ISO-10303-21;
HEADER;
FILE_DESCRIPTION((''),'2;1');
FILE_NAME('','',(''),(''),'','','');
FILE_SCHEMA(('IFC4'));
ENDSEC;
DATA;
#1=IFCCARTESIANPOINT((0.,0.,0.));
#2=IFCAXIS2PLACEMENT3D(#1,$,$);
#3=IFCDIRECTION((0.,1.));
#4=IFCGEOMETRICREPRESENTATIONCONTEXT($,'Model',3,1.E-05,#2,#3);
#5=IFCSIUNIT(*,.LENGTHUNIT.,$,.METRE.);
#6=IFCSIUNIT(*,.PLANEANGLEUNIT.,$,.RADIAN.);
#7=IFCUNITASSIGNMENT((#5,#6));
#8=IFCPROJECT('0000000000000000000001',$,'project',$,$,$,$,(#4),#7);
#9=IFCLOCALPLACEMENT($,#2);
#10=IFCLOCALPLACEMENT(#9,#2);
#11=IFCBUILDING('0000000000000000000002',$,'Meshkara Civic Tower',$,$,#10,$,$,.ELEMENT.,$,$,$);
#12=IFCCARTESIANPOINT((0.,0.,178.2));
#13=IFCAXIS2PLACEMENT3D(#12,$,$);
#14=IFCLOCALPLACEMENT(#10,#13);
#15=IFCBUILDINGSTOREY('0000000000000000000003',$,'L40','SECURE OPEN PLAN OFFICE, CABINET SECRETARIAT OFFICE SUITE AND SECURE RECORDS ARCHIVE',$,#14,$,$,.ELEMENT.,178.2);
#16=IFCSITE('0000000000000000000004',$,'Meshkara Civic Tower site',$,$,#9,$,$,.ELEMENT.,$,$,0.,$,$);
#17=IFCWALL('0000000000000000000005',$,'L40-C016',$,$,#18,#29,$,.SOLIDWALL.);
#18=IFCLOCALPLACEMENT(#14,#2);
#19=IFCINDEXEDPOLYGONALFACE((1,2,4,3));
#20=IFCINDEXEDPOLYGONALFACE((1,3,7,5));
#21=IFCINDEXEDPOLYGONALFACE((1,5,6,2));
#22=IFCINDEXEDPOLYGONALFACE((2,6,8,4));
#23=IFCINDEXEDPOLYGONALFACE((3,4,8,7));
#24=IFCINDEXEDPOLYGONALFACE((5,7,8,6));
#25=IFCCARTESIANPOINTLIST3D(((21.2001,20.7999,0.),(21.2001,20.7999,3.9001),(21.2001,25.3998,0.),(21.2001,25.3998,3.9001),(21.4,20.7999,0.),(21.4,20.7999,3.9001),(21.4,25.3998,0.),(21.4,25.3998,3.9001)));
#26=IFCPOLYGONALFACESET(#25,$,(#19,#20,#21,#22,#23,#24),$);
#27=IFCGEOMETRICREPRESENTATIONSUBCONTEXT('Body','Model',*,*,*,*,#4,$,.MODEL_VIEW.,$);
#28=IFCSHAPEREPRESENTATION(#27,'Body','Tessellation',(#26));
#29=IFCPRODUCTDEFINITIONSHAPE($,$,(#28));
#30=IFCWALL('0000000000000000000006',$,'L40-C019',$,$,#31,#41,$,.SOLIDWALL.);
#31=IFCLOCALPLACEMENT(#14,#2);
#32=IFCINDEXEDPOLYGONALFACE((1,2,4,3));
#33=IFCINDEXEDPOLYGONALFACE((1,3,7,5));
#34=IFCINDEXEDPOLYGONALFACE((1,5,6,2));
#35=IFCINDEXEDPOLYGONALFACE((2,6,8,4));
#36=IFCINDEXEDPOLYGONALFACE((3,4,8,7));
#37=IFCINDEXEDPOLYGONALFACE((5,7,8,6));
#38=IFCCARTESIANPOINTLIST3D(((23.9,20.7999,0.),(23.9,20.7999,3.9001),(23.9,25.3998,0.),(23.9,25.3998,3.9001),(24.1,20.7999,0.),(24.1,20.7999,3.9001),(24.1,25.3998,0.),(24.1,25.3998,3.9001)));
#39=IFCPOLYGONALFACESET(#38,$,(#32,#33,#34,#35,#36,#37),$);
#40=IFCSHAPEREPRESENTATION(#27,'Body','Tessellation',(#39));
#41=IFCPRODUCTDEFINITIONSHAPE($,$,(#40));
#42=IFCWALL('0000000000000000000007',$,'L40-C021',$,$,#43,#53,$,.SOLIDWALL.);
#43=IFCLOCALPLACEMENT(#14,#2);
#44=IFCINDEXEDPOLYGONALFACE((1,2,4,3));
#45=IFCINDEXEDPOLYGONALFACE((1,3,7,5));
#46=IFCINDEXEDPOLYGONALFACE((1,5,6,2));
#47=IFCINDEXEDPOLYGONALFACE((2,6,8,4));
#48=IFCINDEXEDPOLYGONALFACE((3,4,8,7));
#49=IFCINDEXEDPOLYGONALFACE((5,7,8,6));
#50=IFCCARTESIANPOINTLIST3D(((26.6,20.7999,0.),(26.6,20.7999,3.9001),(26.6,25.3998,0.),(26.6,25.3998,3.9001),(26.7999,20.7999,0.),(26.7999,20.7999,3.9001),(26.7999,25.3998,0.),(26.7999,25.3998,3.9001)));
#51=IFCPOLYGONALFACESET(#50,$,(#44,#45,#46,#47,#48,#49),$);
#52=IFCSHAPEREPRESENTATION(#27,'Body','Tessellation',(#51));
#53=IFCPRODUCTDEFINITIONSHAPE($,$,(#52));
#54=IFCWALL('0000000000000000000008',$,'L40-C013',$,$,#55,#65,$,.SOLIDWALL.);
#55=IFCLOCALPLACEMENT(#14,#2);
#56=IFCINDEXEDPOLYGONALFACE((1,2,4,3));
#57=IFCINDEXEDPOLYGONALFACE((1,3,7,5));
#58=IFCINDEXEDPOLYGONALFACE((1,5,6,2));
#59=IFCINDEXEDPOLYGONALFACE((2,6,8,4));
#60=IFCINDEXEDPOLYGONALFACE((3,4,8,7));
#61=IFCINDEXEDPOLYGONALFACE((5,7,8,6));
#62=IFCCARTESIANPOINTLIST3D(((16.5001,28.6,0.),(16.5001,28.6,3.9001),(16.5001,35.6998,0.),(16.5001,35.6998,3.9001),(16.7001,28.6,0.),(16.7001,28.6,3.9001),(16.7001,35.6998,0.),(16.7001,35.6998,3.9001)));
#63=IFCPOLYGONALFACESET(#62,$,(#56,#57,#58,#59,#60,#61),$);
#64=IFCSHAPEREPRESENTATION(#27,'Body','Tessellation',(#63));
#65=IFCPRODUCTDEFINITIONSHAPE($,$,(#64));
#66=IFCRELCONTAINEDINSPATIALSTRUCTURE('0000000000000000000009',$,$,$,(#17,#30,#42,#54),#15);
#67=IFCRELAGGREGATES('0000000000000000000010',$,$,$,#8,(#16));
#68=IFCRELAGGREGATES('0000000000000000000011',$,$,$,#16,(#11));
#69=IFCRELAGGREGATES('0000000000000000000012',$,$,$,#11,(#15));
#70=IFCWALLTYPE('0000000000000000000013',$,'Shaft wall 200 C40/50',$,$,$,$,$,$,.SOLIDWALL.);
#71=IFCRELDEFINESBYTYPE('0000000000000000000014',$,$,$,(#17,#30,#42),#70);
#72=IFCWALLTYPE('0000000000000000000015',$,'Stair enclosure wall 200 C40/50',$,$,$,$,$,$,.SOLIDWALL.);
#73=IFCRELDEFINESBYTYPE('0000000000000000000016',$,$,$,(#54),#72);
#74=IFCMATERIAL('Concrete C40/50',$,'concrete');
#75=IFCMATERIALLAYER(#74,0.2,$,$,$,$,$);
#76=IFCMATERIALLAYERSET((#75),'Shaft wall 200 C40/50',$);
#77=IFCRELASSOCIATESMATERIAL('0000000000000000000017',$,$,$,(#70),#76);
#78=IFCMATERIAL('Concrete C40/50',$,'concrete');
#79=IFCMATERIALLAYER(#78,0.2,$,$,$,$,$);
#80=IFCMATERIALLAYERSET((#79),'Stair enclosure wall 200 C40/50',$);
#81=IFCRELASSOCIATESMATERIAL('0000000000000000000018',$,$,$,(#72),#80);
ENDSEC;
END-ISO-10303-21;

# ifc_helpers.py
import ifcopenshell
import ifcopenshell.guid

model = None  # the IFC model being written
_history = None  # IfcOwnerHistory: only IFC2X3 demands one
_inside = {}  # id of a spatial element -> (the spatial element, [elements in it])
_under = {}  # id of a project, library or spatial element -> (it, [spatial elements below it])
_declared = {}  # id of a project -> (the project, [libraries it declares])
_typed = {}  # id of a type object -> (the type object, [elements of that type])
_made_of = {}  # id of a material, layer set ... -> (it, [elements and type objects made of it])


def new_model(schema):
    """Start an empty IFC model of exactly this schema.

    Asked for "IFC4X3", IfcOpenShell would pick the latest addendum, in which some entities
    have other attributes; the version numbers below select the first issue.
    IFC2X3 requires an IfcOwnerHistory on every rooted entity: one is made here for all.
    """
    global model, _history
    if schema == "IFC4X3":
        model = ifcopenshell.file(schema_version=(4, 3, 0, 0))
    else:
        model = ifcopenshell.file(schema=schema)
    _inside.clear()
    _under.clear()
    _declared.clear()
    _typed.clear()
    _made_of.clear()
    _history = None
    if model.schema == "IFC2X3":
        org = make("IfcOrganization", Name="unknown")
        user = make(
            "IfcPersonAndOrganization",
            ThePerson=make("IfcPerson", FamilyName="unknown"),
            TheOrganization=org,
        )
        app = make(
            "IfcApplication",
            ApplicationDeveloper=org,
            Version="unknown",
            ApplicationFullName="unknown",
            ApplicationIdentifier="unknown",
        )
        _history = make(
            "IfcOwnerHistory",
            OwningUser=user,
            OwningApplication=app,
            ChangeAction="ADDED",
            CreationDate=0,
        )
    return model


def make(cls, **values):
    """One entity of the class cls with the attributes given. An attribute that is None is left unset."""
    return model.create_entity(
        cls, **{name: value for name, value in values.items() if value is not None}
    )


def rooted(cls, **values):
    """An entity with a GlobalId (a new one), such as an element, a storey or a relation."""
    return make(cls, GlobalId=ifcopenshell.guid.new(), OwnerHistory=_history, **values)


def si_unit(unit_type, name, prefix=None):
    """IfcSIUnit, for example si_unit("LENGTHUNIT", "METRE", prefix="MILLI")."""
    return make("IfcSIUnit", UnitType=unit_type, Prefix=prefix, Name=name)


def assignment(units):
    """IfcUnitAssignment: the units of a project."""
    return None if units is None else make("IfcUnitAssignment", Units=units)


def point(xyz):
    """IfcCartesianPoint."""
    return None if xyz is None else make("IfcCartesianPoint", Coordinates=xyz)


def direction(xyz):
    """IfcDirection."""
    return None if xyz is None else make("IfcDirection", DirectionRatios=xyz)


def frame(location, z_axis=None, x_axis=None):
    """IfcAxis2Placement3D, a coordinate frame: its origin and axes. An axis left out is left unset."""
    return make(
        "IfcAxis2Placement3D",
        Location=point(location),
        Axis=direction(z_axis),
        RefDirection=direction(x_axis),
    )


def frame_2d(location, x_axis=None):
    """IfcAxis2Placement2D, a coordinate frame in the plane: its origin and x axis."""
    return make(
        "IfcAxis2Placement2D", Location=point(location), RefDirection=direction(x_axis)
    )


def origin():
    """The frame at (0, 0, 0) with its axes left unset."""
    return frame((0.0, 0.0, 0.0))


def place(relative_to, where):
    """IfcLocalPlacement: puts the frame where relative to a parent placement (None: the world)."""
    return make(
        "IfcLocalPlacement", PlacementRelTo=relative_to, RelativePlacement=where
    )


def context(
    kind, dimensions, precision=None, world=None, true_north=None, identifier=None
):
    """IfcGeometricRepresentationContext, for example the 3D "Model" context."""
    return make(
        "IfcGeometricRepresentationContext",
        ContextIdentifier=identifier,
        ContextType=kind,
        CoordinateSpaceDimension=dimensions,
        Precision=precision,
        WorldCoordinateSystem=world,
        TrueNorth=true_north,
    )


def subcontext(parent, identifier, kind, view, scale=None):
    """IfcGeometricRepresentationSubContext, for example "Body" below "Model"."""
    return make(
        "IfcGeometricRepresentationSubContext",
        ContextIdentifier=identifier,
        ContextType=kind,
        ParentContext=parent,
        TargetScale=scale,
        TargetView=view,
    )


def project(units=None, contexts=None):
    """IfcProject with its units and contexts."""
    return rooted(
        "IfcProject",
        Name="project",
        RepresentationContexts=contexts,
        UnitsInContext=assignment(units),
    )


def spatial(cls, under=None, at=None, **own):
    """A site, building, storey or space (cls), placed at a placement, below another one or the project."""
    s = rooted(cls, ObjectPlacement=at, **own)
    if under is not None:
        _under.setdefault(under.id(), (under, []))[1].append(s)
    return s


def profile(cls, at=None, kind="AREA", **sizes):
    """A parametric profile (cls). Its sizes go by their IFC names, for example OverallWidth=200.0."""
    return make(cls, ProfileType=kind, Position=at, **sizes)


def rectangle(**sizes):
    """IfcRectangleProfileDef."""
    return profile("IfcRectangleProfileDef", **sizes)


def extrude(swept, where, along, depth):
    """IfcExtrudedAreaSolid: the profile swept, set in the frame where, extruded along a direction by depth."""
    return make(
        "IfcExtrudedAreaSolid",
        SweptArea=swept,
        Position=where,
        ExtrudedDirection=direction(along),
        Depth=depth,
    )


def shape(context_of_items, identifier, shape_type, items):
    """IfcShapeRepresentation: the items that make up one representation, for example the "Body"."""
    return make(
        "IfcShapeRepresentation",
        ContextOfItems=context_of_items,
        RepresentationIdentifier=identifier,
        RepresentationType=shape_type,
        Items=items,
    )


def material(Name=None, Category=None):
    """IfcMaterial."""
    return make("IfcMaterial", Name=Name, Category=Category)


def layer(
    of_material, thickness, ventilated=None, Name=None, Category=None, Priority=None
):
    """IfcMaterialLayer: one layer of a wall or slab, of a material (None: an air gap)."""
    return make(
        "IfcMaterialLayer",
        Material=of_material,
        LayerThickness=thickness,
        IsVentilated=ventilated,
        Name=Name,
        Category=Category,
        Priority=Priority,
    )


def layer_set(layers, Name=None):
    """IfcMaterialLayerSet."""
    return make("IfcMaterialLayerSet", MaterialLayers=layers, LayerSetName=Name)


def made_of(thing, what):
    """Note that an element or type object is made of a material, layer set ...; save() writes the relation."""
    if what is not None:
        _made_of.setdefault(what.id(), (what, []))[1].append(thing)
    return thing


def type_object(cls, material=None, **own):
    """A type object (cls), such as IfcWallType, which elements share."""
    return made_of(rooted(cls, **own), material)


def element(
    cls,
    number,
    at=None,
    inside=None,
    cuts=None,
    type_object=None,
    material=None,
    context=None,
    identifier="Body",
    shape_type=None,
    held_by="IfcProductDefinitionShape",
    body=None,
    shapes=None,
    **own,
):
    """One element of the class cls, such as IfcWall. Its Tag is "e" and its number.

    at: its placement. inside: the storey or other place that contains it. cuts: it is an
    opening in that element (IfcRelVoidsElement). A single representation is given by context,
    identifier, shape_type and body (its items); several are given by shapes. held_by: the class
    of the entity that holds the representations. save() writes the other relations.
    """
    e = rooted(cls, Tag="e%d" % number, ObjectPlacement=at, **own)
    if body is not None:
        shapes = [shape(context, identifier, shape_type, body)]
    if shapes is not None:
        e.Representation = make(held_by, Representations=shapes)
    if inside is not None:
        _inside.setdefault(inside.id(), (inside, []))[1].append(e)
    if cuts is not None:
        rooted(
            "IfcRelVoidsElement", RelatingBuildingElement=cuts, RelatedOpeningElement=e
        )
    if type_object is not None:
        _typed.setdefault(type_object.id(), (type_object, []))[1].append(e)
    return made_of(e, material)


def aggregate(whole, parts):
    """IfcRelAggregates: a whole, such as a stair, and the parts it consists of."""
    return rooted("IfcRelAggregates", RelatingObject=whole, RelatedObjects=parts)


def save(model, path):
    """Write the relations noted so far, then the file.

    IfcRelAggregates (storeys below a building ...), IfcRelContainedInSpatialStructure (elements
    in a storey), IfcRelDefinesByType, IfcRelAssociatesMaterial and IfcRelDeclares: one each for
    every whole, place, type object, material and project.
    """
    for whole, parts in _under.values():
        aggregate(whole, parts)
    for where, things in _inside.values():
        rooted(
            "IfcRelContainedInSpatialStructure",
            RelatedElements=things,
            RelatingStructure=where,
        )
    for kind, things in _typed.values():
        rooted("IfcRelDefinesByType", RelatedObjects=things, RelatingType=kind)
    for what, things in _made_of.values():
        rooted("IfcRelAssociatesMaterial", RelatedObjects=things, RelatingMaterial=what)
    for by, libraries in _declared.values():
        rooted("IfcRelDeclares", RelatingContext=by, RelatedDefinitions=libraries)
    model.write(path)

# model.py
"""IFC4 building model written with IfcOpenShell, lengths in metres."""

from ifc_helpers import new_model, si_unit, direction, frame, frame_2d, origin, place, context, subcontext, project, spatial, rectangle, extrude, material, layer, layer_set, type_object, element, save


model = new_model("IFC4")

# Units and contexts
model_context = context("Model", 3, precision=1e-05, world=origin(), true_north=direction((0.0, 1.0)))
body_context = subcontext(model_context, "Body", "Model", "MODEL_VIEW")
ifc_project = project(units=[si_unit("LENGTHUNIT", "METRE"), si_unit("PLANEANGLEUNIT", "RADIAN")], contexts=[model_context])

# Site, building, storey
site_placement = place(None, origin())
site = spatial("IfcSite", under=ifc_project, at=site_placement, Name="Meshkara Civic Tower site", CompositionType="ELEMENT", RefElevation=0.0)
building_placement = place(site_placement, origin())
building = spatial("IfcBuilding", under=site, at=building_placement, Name="Meshkara Civic Tower", CompositionType="ELEMENT")
storey_placement = place(building_placement, frame((0.0, 0.0, 178.2)))
storey = spatial("IfcBuildingStorey", under=building, at=storey_placement, Name="L40", Description="SECURE OPEN PLAN OFFICE, CABINET SECRETARIAT OFFICE SUITE AND SECURE RECORDS ARCHIVE", CompositionType="ELEMENT", Elevation=178.2)

# Shared definitions
ifc_material_1 = material(Name="Concrete C40/50", Category="concrete")
ifc_layer_1 = layer(ifc_material_1, 0.2)
ifc_layer_set_1 = layer_set([ifc_layer_1], Name="Shaft wall 200 C40/50")
wall_type_1 = type_object("IfcWallType", Name="Shaft wall 200 C40/50", PredefinedType="SOLIDWALL", material=ifc_layer_set_1)

# Walls
for number, where, z_axis, x_axis, name in (
    (1, (21.3, 20.8, 0.0), (0.0, 0.0, 1.0), (0.0, 1.0, 0.0), "L40-C016"),
    (2, (24.0, 20.8, 0.0), (0.0, 0.0, 1.0), (0.0, 1.0, 0.0), "L40-C019"),
    (3, (26.7, 20.8, 0.0), (0.0, 0.0, 1.0), (0.0, 1.0, 0.0), "L40-C021"),
):
    element("IfcWall", number, at=place(storey_placement, frame(where, z_axis=z_axis, x_axis=x_axis)), inside=storey, type_object=wall_type_1, Name=name, PredefinedType="SOLIDWALL", context=body_context, shape_type="SweptSolid", body=[
        extrude(rectangle(XDim=4.5999, YDim=0.2, at=frame_2d((2.2998, 0.0))), origin(), (0.0, 0.0, 1.0), 3.9001),
    ])
ifc_material_2 = material(Name="Concrete C40/50", Category="concrete")
ifc_layer_2 = layer(ifc_material_2, 0.2)
ifc_layer_set_2 = layer_set([ifc_layer_2], Name="Stair enclosure wall 200 C40/50")
wall_type_2 = type_object("IfcWallType", Name="Stair enclosure wall 200 C40/50", PredefinedType="SOLIDWALL", material=ifc_layer_set_2)
wall_1_placement = place(storey_placement, frame((16.6001, 28.6001, 0.0), z_axis=(0.0, 0.0, 1.0), x_axis=(0.0, 1.0, 0.0)))
element("IfcWall", 4, at=wall_1_placement, inside=storey, type_object=wall_type_2, Name="L40-C013", PredefinedType="SOLIDWALL", context=body_context, shape_type="SweptSolid", body=[
    extrude(rectangle(XDim=7.0999, YDim=0.2, at=frame_2d((3.5498, 0.0))), origin(), (0.0, 0.0, 1.0), 3.9001),
])

save(model, "model.ifc")
